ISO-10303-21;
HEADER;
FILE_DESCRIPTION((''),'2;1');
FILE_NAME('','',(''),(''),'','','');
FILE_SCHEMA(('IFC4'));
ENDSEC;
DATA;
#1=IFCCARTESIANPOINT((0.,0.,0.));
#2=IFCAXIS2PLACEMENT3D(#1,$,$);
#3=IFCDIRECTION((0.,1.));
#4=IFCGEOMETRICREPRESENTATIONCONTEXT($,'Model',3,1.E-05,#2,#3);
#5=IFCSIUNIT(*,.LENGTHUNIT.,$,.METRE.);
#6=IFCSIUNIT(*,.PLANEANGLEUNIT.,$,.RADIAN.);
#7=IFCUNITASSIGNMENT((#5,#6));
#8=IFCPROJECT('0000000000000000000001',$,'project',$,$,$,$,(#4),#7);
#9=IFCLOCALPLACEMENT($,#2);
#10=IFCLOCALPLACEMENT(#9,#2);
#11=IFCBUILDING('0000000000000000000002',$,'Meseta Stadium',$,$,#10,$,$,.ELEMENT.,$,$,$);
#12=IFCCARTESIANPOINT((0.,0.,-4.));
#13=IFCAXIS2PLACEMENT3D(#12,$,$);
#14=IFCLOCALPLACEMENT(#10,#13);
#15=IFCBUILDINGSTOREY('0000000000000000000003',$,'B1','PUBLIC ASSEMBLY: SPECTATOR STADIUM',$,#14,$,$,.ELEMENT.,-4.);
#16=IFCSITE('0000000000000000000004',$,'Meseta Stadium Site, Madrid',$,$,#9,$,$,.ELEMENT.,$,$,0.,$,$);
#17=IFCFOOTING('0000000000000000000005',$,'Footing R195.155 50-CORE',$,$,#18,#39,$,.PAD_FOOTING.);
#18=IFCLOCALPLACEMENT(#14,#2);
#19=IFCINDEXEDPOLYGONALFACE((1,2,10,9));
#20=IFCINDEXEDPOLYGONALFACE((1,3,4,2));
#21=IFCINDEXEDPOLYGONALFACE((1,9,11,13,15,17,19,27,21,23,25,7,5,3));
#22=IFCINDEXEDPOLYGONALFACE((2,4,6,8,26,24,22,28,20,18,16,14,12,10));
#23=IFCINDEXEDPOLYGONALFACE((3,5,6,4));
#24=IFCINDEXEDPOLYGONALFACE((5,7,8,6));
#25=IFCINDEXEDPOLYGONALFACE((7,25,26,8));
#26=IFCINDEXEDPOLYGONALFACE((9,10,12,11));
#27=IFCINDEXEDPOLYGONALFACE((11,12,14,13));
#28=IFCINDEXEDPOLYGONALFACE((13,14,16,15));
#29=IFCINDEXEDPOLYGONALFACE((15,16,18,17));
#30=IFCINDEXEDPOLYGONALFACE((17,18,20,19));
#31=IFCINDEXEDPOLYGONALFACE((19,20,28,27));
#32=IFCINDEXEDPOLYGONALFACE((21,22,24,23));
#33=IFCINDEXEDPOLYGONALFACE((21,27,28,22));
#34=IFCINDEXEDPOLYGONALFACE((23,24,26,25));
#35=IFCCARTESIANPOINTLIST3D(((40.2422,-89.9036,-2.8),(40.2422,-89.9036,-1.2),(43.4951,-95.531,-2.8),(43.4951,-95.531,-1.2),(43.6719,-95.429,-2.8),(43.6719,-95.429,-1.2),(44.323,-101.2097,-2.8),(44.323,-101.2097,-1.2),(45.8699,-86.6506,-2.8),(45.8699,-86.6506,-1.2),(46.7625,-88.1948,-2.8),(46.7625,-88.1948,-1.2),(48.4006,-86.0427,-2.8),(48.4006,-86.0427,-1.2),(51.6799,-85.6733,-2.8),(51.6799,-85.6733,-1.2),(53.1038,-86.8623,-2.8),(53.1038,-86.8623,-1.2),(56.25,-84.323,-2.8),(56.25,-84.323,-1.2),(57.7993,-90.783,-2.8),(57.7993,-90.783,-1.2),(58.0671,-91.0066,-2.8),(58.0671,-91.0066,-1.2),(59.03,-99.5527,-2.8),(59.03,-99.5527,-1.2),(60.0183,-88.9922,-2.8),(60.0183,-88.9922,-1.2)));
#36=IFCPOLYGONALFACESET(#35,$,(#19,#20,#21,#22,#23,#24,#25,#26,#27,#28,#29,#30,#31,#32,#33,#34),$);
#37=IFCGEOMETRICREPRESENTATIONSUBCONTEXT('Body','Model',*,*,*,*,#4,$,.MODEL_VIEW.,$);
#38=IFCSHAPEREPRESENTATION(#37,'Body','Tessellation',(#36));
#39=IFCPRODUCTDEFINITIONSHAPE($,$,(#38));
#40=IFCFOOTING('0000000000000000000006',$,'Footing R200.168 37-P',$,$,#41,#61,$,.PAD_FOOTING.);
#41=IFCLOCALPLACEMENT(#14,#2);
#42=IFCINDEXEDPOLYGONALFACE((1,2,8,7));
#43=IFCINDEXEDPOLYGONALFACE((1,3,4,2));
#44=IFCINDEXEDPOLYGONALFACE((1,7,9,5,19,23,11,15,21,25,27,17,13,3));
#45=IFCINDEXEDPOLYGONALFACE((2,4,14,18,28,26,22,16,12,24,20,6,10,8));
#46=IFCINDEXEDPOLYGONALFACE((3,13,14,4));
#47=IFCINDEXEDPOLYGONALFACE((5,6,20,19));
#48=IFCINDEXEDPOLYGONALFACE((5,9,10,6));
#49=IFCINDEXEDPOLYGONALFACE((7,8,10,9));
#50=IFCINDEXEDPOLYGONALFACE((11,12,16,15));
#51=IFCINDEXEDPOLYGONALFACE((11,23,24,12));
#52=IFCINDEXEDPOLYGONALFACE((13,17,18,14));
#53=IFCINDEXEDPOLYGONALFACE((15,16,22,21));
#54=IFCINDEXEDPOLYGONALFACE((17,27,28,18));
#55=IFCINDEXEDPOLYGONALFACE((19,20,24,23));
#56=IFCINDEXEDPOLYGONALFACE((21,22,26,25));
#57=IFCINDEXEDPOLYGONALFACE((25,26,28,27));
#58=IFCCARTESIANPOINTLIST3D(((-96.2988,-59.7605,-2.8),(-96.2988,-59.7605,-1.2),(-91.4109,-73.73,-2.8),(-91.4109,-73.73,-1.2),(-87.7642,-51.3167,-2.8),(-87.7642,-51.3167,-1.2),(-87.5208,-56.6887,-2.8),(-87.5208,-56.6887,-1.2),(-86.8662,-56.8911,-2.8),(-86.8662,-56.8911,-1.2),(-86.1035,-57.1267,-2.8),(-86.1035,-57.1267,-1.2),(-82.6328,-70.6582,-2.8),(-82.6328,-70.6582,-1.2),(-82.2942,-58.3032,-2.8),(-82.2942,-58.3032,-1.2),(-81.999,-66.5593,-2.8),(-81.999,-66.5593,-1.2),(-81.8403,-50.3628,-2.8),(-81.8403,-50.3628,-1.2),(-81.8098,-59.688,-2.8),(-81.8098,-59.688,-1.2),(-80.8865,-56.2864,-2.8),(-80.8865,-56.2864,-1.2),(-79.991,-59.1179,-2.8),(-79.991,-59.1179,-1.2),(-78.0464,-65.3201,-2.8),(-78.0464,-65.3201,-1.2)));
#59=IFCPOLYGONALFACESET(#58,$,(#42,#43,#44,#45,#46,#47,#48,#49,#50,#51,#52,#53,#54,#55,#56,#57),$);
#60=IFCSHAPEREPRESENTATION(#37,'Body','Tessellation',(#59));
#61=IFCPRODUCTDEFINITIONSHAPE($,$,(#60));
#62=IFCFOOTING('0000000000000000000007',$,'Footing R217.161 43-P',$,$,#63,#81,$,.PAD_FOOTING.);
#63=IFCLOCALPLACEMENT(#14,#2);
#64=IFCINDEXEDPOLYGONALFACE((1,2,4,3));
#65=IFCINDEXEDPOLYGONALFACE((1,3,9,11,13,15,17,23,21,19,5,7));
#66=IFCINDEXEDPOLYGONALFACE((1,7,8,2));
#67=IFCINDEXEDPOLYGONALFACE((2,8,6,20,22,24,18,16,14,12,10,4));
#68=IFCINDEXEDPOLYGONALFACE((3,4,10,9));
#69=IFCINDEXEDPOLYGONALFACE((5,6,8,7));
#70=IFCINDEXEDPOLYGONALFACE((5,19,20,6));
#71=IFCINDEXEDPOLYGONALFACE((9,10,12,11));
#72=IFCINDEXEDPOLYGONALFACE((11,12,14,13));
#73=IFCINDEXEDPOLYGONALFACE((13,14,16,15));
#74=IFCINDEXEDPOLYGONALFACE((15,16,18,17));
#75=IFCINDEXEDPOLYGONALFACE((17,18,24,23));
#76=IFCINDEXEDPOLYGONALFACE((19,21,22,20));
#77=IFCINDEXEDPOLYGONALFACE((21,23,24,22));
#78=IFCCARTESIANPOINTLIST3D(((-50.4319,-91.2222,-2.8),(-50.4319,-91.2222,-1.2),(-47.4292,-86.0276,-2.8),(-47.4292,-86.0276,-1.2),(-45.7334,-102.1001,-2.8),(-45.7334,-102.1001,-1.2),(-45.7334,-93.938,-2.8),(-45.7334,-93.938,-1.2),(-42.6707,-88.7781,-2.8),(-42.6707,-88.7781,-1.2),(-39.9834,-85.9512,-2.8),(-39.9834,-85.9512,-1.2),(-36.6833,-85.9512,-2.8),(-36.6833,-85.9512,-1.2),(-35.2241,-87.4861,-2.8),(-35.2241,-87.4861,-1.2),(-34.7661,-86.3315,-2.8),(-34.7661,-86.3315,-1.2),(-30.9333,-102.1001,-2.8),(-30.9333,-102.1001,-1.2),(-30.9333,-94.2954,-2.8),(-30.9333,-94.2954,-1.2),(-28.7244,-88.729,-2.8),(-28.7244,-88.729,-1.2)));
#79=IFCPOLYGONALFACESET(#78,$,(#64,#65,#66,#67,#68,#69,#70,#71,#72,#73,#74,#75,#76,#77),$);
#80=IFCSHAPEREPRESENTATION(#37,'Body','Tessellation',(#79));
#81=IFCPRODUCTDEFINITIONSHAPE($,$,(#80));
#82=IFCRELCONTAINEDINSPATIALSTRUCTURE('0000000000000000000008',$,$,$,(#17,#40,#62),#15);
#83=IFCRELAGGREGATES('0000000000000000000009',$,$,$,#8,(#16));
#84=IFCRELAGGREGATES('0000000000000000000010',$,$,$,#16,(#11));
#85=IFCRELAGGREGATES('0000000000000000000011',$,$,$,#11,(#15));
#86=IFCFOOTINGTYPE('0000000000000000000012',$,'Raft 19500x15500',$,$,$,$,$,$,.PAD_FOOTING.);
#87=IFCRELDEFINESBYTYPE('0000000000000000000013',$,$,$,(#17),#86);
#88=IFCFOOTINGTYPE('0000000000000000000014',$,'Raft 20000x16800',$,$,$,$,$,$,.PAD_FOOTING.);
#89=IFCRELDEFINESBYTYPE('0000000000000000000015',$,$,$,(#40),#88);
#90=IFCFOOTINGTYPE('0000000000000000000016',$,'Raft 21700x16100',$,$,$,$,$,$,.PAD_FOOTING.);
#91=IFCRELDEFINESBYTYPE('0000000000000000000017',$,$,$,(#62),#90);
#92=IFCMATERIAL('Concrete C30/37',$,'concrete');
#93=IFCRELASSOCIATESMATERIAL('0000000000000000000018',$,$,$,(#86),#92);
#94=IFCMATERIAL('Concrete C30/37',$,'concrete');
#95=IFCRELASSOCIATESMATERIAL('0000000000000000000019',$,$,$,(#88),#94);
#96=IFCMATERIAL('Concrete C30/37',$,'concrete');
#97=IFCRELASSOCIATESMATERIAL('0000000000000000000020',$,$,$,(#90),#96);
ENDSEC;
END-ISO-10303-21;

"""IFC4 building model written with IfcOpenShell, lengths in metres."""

from ifc_helpers import new_model, si_unit, direction, frame, origin, place, context, subcontext, project, spatial, polyline, outline, extrude, material, type_object, element, save


model = new_model("IFC4")

# Units and contexts
model_context = context("Model", 3, precision=1e-05, world=origin(), true_north=direction((0.0, 1.0)))
body_context = subcontext(model_context, "Body", "Model", "MODEL_VIEW")
ifc_project = project(units=[si_unit("LENGTHUNIT", "METRE"), si_unit("PLANEANGLEUNIT", "RADIAN")], contexts=[model_context])

# Site, building, storey
site_placement = place(None, origin())
site = spatial("IfcSite", under=ifc_project, at=site_placement, Name="Meseta Stadium Site, Madrid", CompositionType="ELEMENT", RefElevation=0.0)
building_placement = place(site_placement, origin())
building = spatial("IfcBuilding", under=site, at=building_placement, Name="Meseta Stadium", CompositionType="ELEMENT")
storey_placement = place(building_placement, frame((0.0, 0.0, -4.0)))
storey = spatial("IfcBuildingStorey", under=building, at=storey_placement, Name="B1", Description="PUBLIC ASSEMBLY: SPECTATOR STADIUM", CompositionType="ELEMENT", Elevation=-4.0)

# Footings
ifc_material_1 = material(Name="Concrete C30/37", Category="concrete")
footing_type_1 = type_object("IfcFootingType", Name="Raft 19500x15500", PredefinedType="PAD_FOOTING", material=ifc_material_1)
footing_1_placement = place(storey_placement, frame((0.0, 0.0, -2.8)))
element("IfcFooting", 1, at=footing_1_placement, inside=storey, type_object=footing_type_1, Name="Footing R195.155 50-CORE", PredefinedType="PAD_FOOTING", context=body_context, shape_type="SweptSolid", body=[
    extrude(outline(polyline([(44.323, -101.2097), (59.03, -99.5527), (58.0671, -91.0066), (57.7993, -90.783), (60.0183, -88.9922), (56.25, -84.323), (53.1038, -86.8623), (51.6799, -85.6733), (48.4006, -86.0427), (46.7625, -88.1948), (45.8699, -86.6506), (40.2422, -89.9036), (43.4951, -95.531), (43.6719, -95.429), (44.323, -101.2097)])), origin(), (0.0, 0.0, 1.0), 1.6001),
])
ifc_material_2 = material(Name="Concrete C30/37", Category="concrete")
footing_type_2 = type_object("IfcFootingType", Name="Raft 20000x16800", PredefinedType="PAD_FOOTING", material=ifc_material_2)
footing_2_placement = place(storey_placement, frame((0.0, 0.0, -2.8)))
element("IfcFooting", 2, at=footing_2_placement, inside=storey, type_object=footing_type_2, Name="Footing R200.168 37-P", PredefinedType="PAD_FOOTING", context=body_context, shape_type="SweptSolid", body=[
    extrude(outline(polyline([(-91.4109, -73.73), (-82.6328, -70.6582), (-81.999, -66.5593), (-78.0464, -65.3201), (-79.991, -59.1179), (-81.8098, -59.688), (-82.2942, -58.3032), (-86.1035, -57.1267), (-80.8865, -56.2864), (-81.8403, -50.3628), (-87.7642, -51.3167), (-86.8662, -56.8911), (-87.5208, -56.6887), (-96.2988, -59.7605), (-91.4109, -73.73)])), origin(), (0.0, 0.0, 1.0), 1.6001),
])
ifc_material_3 = material(Name="Concrete C30/37", Category="concrete")
footing_type_3 = type_object("IfcFootingType", Name="Raft 21700x16100", PredefinedType="PAD_FOOTING", material=ifc_material_3)
footing_3_placement = place(storey_placement, frame((0.0, 0.0, -2.8)))
element("IfcFooting", 3, at=footing_3_placement, inside=storey, type_object=footing_type_3, Name="Footing R217.161 43-P", PredefinedType="PAD_FOOTING", context=body_context, shape_type="SweptSolid", body=[
    extrude(outline(polyline([(-45.7334, -102.1001), (-30.9333, -102.1001), (-30.9333, -94.2954), (-28.7244, -88.729), (-34.7661, -86.3315), (-35.2241, -87.4861), (-36.6833, -85.9512), (-39.9834, -85.9512), (-42.6707, -88.7781), (-47.4292, -86.0276), (-50.4319, -91.2222), (-45.7334, -93.938), (-45.7334, -102.1001)])), origin(), (0.0, 0.0, 1.0), 1.6001),
])

save(model, "model.ifc")
